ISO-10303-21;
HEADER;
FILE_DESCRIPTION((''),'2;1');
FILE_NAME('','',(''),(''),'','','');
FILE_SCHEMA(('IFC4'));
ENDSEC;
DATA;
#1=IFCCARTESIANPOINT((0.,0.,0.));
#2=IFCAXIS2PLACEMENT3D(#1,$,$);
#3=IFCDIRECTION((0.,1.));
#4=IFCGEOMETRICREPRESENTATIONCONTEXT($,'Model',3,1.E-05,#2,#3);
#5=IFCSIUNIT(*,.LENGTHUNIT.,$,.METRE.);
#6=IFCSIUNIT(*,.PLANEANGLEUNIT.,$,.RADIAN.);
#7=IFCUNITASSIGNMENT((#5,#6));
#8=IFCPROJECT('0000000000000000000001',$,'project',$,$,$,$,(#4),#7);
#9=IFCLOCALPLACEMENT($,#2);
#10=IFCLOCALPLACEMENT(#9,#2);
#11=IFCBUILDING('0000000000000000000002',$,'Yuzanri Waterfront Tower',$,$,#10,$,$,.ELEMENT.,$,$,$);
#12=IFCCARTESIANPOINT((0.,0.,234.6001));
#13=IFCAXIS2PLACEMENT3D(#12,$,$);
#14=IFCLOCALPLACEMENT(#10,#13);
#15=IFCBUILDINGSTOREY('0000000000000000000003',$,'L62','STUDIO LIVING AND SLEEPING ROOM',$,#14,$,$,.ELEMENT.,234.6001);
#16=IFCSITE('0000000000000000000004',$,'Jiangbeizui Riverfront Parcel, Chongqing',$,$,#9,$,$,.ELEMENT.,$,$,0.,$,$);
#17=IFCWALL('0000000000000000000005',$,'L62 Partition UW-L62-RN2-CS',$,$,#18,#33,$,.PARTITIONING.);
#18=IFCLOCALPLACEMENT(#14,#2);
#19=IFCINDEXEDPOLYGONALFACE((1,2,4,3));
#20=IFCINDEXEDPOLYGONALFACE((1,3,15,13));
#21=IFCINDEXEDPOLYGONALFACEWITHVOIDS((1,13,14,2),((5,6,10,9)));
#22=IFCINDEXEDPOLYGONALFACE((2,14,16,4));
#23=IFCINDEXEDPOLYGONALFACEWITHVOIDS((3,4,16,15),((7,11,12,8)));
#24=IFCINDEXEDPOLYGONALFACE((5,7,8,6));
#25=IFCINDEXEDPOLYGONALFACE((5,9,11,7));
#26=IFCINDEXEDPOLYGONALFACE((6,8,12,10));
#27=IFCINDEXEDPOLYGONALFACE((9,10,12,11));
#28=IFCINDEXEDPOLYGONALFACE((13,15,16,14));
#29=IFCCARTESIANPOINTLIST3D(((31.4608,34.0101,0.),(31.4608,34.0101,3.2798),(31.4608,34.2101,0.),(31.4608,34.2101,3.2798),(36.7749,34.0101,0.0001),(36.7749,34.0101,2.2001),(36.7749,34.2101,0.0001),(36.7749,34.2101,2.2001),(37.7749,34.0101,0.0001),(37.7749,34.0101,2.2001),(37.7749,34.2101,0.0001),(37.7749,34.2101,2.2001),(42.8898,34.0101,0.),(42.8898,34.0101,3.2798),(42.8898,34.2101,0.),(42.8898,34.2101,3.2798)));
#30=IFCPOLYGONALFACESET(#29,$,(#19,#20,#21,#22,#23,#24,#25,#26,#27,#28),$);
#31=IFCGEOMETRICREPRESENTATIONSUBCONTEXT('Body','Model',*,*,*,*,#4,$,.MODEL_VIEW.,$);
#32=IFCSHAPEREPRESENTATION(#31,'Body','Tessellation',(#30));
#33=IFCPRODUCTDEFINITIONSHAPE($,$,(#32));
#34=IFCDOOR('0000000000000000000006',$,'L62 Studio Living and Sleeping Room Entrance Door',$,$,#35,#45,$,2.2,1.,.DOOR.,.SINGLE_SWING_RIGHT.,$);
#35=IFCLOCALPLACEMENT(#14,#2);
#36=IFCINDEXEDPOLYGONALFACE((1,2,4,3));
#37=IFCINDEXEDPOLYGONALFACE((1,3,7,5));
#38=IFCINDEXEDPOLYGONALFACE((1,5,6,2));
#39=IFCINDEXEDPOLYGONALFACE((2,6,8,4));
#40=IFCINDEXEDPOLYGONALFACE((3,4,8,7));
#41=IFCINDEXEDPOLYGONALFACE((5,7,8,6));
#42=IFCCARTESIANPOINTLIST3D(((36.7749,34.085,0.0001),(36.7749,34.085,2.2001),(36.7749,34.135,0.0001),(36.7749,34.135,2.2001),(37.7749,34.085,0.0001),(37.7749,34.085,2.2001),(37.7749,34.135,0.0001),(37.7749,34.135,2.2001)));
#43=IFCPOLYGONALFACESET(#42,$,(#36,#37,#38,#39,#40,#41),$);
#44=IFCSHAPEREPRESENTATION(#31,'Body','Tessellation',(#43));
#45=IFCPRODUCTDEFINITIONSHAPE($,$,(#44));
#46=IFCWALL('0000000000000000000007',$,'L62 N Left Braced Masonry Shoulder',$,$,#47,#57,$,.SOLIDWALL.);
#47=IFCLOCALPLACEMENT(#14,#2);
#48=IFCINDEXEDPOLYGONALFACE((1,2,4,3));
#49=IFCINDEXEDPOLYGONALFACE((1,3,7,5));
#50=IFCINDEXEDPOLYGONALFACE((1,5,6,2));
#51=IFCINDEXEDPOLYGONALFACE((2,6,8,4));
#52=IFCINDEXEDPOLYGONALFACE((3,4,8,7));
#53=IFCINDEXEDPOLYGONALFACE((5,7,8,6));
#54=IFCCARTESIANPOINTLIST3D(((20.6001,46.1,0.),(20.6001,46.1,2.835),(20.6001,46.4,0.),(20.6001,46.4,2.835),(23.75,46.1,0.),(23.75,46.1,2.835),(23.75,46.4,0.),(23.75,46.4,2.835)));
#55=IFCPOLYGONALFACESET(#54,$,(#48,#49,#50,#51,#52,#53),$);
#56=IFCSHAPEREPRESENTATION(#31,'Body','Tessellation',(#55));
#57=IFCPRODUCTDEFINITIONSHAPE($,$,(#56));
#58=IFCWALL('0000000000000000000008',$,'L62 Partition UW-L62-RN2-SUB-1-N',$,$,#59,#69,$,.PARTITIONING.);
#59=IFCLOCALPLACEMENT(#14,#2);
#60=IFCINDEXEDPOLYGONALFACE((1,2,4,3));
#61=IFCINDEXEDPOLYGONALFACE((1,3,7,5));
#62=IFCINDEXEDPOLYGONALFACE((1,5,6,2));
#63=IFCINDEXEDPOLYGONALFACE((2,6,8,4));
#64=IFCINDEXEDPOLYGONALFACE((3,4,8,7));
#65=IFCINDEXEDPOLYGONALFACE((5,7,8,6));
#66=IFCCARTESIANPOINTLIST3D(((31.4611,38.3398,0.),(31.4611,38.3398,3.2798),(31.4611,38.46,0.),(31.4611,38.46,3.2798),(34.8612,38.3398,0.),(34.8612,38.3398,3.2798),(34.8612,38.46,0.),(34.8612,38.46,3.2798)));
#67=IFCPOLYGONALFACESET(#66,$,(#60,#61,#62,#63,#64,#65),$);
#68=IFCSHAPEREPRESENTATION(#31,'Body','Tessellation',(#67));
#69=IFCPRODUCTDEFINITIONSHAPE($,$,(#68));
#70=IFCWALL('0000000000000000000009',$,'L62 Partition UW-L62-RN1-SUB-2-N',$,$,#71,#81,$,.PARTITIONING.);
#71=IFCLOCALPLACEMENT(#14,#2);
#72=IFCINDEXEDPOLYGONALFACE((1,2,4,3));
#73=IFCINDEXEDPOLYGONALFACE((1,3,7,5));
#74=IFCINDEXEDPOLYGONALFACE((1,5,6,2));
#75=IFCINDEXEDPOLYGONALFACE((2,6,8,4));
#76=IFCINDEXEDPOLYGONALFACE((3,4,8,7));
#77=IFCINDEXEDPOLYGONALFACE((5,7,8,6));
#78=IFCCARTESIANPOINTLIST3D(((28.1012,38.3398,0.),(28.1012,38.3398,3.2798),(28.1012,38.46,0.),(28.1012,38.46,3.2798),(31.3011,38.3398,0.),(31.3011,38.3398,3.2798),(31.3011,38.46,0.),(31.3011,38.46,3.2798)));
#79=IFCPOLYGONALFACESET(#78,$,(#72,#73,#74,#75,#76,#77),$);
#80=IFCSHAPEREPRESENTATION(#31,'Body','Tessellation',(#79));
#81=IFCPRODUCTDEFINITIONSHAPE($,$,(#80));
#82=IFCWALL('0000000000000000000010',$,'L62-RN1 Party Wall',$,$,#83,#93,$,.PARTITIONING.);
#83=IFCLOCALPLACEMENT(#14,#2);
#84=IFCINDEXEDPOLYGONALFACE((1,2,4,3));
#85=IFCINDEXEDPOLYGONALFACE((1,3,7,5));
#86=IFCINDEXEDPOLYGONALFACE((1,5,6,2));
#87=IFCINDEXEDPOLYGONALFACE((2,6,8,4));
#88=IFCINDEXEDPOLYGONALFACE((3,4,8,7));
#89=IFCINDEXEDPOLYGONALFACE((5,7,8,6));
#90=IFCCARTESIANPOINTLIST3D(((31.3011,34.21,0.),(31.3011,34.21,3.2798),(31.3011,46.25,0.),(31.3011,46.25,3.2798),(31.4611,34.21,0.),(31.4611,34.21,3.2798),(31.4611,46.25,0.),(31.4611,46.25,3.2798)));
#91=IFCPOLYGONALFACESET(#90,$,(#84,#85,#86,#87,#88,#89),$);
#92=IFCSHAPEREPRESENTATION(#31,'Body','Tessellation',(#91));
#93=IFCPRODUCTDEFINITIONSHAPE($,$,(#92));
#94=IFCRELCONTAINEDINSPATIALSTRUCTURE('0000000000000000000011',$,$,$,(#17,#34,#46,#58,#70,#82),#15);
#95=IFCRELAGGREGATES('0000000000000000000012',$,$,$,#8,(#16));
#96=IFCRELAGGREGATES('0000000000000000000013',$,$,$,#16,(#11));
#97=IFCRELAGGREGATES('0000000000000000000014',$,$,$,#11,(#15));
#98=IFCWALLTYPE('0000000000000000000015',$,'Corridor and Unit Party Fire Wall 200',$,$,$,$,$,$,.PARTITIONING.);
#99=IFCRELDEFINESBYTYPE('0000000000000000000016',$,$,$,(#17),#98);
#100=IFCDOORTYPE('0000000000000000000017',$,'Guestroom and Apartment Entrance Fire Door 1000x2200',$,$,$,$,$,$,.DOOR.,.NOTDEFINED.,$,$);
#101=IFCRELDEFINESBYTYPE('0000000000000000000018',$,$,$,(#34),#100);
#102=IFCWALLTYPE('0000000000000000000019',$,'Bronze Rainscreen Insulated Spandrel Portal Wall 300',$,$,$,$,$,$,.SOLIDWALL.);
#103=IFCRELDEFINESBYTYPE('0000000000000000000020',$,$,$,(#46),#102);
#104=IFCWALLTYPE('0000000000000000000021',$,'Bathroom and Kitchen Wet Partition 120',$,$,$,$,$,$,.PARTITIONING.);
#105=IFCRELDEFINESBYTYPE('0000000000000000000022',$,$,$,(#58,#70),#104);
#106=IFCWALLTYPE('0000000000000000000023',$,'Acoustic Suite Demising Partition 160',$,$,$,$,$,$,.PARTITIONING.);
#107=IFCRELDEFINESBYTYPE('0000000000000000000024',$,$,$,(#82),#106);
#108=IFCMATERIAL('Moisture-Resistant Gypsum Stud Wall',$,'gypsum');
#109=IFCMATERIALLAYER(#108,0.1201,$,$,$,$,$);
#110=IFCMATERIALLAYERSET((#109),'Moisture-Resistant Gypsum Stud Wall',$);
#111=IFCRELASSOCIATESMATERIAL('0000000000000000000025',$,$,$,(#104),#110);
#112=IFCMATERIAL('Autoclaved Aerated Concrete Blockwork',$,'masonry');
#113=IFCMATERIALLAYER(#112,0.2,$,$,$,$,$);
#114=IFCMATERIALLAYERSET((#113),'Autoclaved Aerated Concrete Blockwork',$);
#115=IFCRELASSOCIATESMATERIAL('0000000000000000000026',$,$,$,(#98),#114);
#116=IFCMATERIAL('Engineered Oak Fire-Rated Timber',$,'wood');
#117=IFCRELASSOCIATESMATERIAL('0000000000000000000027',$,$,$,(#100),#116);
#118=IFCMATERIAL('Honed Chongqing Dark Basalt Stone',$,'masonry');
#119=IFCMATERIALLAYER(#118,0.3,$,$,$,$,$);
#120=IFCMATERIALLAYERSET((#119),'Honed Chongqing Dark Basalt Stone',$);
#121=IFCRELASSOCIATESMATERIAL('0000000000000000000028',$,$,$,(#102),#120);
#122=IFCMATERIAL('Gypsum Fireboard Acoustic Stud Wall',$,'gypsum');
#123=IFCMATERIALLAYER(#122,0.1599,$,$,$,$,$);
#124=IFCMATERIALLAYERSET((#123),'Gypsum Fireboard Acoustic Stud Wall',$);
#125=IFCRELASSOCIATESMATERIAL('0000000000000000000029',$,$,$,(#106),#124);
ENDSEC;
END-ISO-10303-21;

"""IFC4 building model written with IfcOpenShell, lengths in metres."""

from ifc_helpers import new_model, si_unit, direction, frame, frame_2d, origin, place, context, subcontext, project, spatial, rectangle, extrude, source, transform, mapped, material, layer, layer_set, type_object, element, fill, save


model = new_model("IFC4")

# Units and contexts
model_context = context("Model", 3, precision=1e-05, world=origin(), true_north=direction((0.0, 1.0)))
body_context = subcontext(model_context, "Body", "Model", "MODEL_VIEW")
ifc_project = project(units=[si_unit("LENGTHUNIT", "METRE"), si_unit("PLANEANGLEUNIT", "RADIAN")], contexts=[model_context])

# Site, building, storey
site_placement = place(None, origin())
site = spatial("IfcSite", under=ifc_project, at=site_placement, Name="Jiangbeizui Riverfront Parcel, Chongqing", CompositionType="ELEMENT", RefElevation=0.0)
building_placement = place(site_placement, origin())
building = spatial("IfcBuilding", under=site, at=building_placement, Name="Yuzanri Waterfront Tower", CompositionType="ELEMENT")
storey_placement = place(building_placement, frame((0.0, 0.0, 234.6001)))
storey = spatial("IfcBuildingStorey", under=building, at=storey_placement, Name="L62", Description="STUDIO LIVING AND SLEEPING ROOM", CompositionType="ELEMENT", Elevation=234.6001)

# Wall, opening, door
ifc_material_1 = material(Name="Moisture-Resistant Gypsum Stud Wall", Category="gypsum")
ifc_layer_1 = layer(ifc_material_1, 0.1201)
ifc_layer_set_1 = layer_set([ifc_layer_1], Name="Moisture-Resistant Gypsum Stud Wall")
wall_type_1 = type_object("IfcWallType", Name="Bathroom and Kitchen Wet Partition 120", PredefinedType="PARTITIONING", material=ifc_layer_set_1)
ifc_material_2 = material(Name="Autoclaved Aerated Concrete Blockwork", Category="masonry")
ifc_layer_2 = layer(ifc_material_2, 0.2)
ifc_layer_set_2 = layer_set([ifc_layer_2], Name="Autoclaved Aerated Concrete Blockwork")
wall_type_2 = type_object("IfcWallType", Name="Corridor and Unit Party Fire Wall 200", PredefinedType="PARTITIONING", material=ifc_layer_set_2)
wall_1_placement = place(storey_placement, frame((31.4609, 34.1101, 0.0), z_axis=(0.0, 0.0, 1.0), x_axis=(1.0, 0.0, 0.0)))
wall_1 = element("IfcWall", 1, at=wall_1_placement, inside=storey, type_object=wall_type_2, Name="L62 Partition UW-L62-RN2-CS", PredefinedType="PARTITIONING", context=body_context, shape_type="SweptSolid", body=[
    extrude(rectangle(XDim=11.429, YDim=0.2, at=frame_2d((5.7144, 0.0))), origin(), (0.0, 0.0, 1.0), 3.2798),
])
opening_1_placement = place(wall_1_placement, frame((5.314, 0.0, 0.0)))
opening_1 = element("IfcOpeningElement", 2, at=opening_1_placement, cuts=wall_1, PredefinedType="OPENING", context=body_context, shape_type="SweptSolid", body=[
    extrude(rectangle(XDim=1.0, YDim=2.2, at=frame_2d((0.5, 1.1001))), frame((0.0, 0.1147, 0.0), z_axis=(0.0, -1.0, 0.0), x_axis=(1.0, 0.0, 0.0)), (0.0, 0.0, 1.0), 0.2297),
])
ifc_material_3 = material(Name="Engineered Oak Fire-Rated Timber", Category="wood")
door_type_1 = type_object("IfcDoorType", Name="Guestroom and Apartment Entrance Fire Door 1000x2200", OperationType="NOTDEFINED", PredefinedType="DOOR", material=ifc_material_3)
shared_shape_1 = source(origin(), body_context, "Body", "SweptSolid", [
    extrude(rectangle(XDim=1.0, YDim=2.2, at=frame_2d((0.5, 1.1001))), frame((0.0, 0.0249, 0.0), z_axis=(0.0, -1.0, 0.0), x_axis=(1.0, 0.0, 0.0)), (0.0, 0.0, 1.0), 0.05),
])
door_1_placement = place(opening_1_placement, origin())
door_1 = element("IfcDoor", 3, at=door_1_placement, inside=storey, type_object=door_type_1, Name="L62 Studio Living and Sleeping Room Entrance Door", OperationType="SINGLE_SWING_RIGHT", OverallHeight=2.2, OverallWidth=1.0, PredefinedType="DOOR", context=body_context, shape_type="MappedRepresentation", body=[
    mapped(shared_shape_1, transform((0.0, 0.0, 0.0), scale=1.0)),
])
fill(opening_1, door_1)

# Walls
ifc_material_4 = material(Name="Honed Chongqing Dark Basalt Stone", Category="masonry")
ifc_layer_3 = layer(ifc_material_4, 0.3)
ifc_layer_set_3 = layer_set([ifc_layer_3], Name="Honed Chongqing Dark Basalt Stone")
wall_type_3 = type_object("IfcWallType", Name="Bronze Rainscreen Insulated Spandrel Portal Wall 300", PredefinedType="SOLIDWALL", material=ifc_layer_set_3)
shared_shape_2 = source(origin(), body_context, "Body", "SweptSolid", [
    extrude(rectangle(XDim=3.1499, YDim=0.3, at=frame_2d((1.575, 0.0))), origin(), (0.0, 0.0, 1.0), 2.835),
])
wall_2_placement = place(storey_placement, frame((20.6001, 46.25, 0.0), z_axis=(0.0, 0.0, 1.0), x_axis=(1.0, 0.0, 0.0)))
element("IfcWall", 4, at=wall_2_placement, inside=storey, type_object=wall_type_3, Name="L62 N Left Braced Masonry Shoulder", PredefinedType="SOLIDWALL", context=body_context, shape_type="MappedRepresentation", body=[
    mapped(shared_shape_2, transform((0.0, 0.0, 0.0), scale=1.0)),
])
shared_shape_3 = source(origin(), body_context, "Body", "SweptSolid", [
    extrude(rectangle(XDim=3.4001, YDim=0.1201, at=frame_2d((1.7002, 0.0))), origin(), (0.0, 0.0, 1.0), 3.2798),
])
wall_3_placement = place(storey_placement, frame((31.4609, 38.3999, 0.0), z_axis=(0.0, 0.0, 1.0), x_axis=(1.0, 0.0, 0.0)))
element("IfcWall", 5, at=wall_3_placement, inside=storey, type_object=wall_type_1, Name="L62 Partition UW-L62-RN2-SUB-1-N", PredefinedType="PARTITIONING", context=body_context, shape_type="MappedRepresentation", body=[
    mapped(shared_shape_3, transform((0.0, 0.0, 0.0), scale=1.0)),
])
shared_shape_4 = source(origin(), body_context, "Body", "SweptSolid", [
    extrude(rectangle(XDim=3.2, YDim=0.1201, at=frame_2d((1.6001, 0.0))), origin(), (0.0, 0.0, 1.0), 3.2798),
])
wall_4_placement = place(storey_placement, frame((28.1011, 38.3999, 0.0), z_axis=(0.0, 0.0, 1.0), x_axis=(1.0, 0.0, 0.0)))
element("IfcWall", 6, at=wall_4_placement, inside=storey, type_object=wall_type_1, Name="L62 Partition UW-L62-RN1-SUB-2-N", PredefinedType="PARTITIONING", context=body_context, shape_type="MappedRepresentation", body=[
    mapped(shared_shape_4, transform((0.0, 0.0, 0.0), scale=1.0)),
])
ifc_material_5 = material(Name="Gypsum Fireboard Acoustic Stud Wall", Category="gypsum")
ifc_layer_4 = layer(ifc_material_5, 0.1599)
ifc_layer_set_4 = layer_set([ifc_layer_4], Name="Gypsum Fireboard Acoustic Stud Wall")
wall_type_4 = type_object("IfcWallType", Name="Acoustic Suite Demising Partition 160", PredefinedType="PARTITIONING", material=ifc_layer_set_4)
shared_shape_5 = source(origin(), body_context, "Body", "SweptSolid", [
    extrude(rectangle(XDim=12.04, YDim=0.1599, at=frame_2d((6.02, 0.0))), origin(), (0.0, 0.0, 1.0), 3.2798),
])
wall_5_placement = place(storey_placement, frame((31.3811, 34.21, 0.0), z_axis=(0.0, 0.0, 1.0), x_axis=(0.0, 1.0, 0.0)))
element("IfcWall", 7, at=wall_5_placement, inside=storey, type_object=wall_type_4, Name="L62-RN1 Party Wall", PredefinedType="PARTITIONING", context=body_context, shape_type="MappedRepresentation", body=[
    mapped(shared_shape_5, transform((0.0, 0.0, 0.0), scale=1.0)),
])

save(model, "model.ifc")
